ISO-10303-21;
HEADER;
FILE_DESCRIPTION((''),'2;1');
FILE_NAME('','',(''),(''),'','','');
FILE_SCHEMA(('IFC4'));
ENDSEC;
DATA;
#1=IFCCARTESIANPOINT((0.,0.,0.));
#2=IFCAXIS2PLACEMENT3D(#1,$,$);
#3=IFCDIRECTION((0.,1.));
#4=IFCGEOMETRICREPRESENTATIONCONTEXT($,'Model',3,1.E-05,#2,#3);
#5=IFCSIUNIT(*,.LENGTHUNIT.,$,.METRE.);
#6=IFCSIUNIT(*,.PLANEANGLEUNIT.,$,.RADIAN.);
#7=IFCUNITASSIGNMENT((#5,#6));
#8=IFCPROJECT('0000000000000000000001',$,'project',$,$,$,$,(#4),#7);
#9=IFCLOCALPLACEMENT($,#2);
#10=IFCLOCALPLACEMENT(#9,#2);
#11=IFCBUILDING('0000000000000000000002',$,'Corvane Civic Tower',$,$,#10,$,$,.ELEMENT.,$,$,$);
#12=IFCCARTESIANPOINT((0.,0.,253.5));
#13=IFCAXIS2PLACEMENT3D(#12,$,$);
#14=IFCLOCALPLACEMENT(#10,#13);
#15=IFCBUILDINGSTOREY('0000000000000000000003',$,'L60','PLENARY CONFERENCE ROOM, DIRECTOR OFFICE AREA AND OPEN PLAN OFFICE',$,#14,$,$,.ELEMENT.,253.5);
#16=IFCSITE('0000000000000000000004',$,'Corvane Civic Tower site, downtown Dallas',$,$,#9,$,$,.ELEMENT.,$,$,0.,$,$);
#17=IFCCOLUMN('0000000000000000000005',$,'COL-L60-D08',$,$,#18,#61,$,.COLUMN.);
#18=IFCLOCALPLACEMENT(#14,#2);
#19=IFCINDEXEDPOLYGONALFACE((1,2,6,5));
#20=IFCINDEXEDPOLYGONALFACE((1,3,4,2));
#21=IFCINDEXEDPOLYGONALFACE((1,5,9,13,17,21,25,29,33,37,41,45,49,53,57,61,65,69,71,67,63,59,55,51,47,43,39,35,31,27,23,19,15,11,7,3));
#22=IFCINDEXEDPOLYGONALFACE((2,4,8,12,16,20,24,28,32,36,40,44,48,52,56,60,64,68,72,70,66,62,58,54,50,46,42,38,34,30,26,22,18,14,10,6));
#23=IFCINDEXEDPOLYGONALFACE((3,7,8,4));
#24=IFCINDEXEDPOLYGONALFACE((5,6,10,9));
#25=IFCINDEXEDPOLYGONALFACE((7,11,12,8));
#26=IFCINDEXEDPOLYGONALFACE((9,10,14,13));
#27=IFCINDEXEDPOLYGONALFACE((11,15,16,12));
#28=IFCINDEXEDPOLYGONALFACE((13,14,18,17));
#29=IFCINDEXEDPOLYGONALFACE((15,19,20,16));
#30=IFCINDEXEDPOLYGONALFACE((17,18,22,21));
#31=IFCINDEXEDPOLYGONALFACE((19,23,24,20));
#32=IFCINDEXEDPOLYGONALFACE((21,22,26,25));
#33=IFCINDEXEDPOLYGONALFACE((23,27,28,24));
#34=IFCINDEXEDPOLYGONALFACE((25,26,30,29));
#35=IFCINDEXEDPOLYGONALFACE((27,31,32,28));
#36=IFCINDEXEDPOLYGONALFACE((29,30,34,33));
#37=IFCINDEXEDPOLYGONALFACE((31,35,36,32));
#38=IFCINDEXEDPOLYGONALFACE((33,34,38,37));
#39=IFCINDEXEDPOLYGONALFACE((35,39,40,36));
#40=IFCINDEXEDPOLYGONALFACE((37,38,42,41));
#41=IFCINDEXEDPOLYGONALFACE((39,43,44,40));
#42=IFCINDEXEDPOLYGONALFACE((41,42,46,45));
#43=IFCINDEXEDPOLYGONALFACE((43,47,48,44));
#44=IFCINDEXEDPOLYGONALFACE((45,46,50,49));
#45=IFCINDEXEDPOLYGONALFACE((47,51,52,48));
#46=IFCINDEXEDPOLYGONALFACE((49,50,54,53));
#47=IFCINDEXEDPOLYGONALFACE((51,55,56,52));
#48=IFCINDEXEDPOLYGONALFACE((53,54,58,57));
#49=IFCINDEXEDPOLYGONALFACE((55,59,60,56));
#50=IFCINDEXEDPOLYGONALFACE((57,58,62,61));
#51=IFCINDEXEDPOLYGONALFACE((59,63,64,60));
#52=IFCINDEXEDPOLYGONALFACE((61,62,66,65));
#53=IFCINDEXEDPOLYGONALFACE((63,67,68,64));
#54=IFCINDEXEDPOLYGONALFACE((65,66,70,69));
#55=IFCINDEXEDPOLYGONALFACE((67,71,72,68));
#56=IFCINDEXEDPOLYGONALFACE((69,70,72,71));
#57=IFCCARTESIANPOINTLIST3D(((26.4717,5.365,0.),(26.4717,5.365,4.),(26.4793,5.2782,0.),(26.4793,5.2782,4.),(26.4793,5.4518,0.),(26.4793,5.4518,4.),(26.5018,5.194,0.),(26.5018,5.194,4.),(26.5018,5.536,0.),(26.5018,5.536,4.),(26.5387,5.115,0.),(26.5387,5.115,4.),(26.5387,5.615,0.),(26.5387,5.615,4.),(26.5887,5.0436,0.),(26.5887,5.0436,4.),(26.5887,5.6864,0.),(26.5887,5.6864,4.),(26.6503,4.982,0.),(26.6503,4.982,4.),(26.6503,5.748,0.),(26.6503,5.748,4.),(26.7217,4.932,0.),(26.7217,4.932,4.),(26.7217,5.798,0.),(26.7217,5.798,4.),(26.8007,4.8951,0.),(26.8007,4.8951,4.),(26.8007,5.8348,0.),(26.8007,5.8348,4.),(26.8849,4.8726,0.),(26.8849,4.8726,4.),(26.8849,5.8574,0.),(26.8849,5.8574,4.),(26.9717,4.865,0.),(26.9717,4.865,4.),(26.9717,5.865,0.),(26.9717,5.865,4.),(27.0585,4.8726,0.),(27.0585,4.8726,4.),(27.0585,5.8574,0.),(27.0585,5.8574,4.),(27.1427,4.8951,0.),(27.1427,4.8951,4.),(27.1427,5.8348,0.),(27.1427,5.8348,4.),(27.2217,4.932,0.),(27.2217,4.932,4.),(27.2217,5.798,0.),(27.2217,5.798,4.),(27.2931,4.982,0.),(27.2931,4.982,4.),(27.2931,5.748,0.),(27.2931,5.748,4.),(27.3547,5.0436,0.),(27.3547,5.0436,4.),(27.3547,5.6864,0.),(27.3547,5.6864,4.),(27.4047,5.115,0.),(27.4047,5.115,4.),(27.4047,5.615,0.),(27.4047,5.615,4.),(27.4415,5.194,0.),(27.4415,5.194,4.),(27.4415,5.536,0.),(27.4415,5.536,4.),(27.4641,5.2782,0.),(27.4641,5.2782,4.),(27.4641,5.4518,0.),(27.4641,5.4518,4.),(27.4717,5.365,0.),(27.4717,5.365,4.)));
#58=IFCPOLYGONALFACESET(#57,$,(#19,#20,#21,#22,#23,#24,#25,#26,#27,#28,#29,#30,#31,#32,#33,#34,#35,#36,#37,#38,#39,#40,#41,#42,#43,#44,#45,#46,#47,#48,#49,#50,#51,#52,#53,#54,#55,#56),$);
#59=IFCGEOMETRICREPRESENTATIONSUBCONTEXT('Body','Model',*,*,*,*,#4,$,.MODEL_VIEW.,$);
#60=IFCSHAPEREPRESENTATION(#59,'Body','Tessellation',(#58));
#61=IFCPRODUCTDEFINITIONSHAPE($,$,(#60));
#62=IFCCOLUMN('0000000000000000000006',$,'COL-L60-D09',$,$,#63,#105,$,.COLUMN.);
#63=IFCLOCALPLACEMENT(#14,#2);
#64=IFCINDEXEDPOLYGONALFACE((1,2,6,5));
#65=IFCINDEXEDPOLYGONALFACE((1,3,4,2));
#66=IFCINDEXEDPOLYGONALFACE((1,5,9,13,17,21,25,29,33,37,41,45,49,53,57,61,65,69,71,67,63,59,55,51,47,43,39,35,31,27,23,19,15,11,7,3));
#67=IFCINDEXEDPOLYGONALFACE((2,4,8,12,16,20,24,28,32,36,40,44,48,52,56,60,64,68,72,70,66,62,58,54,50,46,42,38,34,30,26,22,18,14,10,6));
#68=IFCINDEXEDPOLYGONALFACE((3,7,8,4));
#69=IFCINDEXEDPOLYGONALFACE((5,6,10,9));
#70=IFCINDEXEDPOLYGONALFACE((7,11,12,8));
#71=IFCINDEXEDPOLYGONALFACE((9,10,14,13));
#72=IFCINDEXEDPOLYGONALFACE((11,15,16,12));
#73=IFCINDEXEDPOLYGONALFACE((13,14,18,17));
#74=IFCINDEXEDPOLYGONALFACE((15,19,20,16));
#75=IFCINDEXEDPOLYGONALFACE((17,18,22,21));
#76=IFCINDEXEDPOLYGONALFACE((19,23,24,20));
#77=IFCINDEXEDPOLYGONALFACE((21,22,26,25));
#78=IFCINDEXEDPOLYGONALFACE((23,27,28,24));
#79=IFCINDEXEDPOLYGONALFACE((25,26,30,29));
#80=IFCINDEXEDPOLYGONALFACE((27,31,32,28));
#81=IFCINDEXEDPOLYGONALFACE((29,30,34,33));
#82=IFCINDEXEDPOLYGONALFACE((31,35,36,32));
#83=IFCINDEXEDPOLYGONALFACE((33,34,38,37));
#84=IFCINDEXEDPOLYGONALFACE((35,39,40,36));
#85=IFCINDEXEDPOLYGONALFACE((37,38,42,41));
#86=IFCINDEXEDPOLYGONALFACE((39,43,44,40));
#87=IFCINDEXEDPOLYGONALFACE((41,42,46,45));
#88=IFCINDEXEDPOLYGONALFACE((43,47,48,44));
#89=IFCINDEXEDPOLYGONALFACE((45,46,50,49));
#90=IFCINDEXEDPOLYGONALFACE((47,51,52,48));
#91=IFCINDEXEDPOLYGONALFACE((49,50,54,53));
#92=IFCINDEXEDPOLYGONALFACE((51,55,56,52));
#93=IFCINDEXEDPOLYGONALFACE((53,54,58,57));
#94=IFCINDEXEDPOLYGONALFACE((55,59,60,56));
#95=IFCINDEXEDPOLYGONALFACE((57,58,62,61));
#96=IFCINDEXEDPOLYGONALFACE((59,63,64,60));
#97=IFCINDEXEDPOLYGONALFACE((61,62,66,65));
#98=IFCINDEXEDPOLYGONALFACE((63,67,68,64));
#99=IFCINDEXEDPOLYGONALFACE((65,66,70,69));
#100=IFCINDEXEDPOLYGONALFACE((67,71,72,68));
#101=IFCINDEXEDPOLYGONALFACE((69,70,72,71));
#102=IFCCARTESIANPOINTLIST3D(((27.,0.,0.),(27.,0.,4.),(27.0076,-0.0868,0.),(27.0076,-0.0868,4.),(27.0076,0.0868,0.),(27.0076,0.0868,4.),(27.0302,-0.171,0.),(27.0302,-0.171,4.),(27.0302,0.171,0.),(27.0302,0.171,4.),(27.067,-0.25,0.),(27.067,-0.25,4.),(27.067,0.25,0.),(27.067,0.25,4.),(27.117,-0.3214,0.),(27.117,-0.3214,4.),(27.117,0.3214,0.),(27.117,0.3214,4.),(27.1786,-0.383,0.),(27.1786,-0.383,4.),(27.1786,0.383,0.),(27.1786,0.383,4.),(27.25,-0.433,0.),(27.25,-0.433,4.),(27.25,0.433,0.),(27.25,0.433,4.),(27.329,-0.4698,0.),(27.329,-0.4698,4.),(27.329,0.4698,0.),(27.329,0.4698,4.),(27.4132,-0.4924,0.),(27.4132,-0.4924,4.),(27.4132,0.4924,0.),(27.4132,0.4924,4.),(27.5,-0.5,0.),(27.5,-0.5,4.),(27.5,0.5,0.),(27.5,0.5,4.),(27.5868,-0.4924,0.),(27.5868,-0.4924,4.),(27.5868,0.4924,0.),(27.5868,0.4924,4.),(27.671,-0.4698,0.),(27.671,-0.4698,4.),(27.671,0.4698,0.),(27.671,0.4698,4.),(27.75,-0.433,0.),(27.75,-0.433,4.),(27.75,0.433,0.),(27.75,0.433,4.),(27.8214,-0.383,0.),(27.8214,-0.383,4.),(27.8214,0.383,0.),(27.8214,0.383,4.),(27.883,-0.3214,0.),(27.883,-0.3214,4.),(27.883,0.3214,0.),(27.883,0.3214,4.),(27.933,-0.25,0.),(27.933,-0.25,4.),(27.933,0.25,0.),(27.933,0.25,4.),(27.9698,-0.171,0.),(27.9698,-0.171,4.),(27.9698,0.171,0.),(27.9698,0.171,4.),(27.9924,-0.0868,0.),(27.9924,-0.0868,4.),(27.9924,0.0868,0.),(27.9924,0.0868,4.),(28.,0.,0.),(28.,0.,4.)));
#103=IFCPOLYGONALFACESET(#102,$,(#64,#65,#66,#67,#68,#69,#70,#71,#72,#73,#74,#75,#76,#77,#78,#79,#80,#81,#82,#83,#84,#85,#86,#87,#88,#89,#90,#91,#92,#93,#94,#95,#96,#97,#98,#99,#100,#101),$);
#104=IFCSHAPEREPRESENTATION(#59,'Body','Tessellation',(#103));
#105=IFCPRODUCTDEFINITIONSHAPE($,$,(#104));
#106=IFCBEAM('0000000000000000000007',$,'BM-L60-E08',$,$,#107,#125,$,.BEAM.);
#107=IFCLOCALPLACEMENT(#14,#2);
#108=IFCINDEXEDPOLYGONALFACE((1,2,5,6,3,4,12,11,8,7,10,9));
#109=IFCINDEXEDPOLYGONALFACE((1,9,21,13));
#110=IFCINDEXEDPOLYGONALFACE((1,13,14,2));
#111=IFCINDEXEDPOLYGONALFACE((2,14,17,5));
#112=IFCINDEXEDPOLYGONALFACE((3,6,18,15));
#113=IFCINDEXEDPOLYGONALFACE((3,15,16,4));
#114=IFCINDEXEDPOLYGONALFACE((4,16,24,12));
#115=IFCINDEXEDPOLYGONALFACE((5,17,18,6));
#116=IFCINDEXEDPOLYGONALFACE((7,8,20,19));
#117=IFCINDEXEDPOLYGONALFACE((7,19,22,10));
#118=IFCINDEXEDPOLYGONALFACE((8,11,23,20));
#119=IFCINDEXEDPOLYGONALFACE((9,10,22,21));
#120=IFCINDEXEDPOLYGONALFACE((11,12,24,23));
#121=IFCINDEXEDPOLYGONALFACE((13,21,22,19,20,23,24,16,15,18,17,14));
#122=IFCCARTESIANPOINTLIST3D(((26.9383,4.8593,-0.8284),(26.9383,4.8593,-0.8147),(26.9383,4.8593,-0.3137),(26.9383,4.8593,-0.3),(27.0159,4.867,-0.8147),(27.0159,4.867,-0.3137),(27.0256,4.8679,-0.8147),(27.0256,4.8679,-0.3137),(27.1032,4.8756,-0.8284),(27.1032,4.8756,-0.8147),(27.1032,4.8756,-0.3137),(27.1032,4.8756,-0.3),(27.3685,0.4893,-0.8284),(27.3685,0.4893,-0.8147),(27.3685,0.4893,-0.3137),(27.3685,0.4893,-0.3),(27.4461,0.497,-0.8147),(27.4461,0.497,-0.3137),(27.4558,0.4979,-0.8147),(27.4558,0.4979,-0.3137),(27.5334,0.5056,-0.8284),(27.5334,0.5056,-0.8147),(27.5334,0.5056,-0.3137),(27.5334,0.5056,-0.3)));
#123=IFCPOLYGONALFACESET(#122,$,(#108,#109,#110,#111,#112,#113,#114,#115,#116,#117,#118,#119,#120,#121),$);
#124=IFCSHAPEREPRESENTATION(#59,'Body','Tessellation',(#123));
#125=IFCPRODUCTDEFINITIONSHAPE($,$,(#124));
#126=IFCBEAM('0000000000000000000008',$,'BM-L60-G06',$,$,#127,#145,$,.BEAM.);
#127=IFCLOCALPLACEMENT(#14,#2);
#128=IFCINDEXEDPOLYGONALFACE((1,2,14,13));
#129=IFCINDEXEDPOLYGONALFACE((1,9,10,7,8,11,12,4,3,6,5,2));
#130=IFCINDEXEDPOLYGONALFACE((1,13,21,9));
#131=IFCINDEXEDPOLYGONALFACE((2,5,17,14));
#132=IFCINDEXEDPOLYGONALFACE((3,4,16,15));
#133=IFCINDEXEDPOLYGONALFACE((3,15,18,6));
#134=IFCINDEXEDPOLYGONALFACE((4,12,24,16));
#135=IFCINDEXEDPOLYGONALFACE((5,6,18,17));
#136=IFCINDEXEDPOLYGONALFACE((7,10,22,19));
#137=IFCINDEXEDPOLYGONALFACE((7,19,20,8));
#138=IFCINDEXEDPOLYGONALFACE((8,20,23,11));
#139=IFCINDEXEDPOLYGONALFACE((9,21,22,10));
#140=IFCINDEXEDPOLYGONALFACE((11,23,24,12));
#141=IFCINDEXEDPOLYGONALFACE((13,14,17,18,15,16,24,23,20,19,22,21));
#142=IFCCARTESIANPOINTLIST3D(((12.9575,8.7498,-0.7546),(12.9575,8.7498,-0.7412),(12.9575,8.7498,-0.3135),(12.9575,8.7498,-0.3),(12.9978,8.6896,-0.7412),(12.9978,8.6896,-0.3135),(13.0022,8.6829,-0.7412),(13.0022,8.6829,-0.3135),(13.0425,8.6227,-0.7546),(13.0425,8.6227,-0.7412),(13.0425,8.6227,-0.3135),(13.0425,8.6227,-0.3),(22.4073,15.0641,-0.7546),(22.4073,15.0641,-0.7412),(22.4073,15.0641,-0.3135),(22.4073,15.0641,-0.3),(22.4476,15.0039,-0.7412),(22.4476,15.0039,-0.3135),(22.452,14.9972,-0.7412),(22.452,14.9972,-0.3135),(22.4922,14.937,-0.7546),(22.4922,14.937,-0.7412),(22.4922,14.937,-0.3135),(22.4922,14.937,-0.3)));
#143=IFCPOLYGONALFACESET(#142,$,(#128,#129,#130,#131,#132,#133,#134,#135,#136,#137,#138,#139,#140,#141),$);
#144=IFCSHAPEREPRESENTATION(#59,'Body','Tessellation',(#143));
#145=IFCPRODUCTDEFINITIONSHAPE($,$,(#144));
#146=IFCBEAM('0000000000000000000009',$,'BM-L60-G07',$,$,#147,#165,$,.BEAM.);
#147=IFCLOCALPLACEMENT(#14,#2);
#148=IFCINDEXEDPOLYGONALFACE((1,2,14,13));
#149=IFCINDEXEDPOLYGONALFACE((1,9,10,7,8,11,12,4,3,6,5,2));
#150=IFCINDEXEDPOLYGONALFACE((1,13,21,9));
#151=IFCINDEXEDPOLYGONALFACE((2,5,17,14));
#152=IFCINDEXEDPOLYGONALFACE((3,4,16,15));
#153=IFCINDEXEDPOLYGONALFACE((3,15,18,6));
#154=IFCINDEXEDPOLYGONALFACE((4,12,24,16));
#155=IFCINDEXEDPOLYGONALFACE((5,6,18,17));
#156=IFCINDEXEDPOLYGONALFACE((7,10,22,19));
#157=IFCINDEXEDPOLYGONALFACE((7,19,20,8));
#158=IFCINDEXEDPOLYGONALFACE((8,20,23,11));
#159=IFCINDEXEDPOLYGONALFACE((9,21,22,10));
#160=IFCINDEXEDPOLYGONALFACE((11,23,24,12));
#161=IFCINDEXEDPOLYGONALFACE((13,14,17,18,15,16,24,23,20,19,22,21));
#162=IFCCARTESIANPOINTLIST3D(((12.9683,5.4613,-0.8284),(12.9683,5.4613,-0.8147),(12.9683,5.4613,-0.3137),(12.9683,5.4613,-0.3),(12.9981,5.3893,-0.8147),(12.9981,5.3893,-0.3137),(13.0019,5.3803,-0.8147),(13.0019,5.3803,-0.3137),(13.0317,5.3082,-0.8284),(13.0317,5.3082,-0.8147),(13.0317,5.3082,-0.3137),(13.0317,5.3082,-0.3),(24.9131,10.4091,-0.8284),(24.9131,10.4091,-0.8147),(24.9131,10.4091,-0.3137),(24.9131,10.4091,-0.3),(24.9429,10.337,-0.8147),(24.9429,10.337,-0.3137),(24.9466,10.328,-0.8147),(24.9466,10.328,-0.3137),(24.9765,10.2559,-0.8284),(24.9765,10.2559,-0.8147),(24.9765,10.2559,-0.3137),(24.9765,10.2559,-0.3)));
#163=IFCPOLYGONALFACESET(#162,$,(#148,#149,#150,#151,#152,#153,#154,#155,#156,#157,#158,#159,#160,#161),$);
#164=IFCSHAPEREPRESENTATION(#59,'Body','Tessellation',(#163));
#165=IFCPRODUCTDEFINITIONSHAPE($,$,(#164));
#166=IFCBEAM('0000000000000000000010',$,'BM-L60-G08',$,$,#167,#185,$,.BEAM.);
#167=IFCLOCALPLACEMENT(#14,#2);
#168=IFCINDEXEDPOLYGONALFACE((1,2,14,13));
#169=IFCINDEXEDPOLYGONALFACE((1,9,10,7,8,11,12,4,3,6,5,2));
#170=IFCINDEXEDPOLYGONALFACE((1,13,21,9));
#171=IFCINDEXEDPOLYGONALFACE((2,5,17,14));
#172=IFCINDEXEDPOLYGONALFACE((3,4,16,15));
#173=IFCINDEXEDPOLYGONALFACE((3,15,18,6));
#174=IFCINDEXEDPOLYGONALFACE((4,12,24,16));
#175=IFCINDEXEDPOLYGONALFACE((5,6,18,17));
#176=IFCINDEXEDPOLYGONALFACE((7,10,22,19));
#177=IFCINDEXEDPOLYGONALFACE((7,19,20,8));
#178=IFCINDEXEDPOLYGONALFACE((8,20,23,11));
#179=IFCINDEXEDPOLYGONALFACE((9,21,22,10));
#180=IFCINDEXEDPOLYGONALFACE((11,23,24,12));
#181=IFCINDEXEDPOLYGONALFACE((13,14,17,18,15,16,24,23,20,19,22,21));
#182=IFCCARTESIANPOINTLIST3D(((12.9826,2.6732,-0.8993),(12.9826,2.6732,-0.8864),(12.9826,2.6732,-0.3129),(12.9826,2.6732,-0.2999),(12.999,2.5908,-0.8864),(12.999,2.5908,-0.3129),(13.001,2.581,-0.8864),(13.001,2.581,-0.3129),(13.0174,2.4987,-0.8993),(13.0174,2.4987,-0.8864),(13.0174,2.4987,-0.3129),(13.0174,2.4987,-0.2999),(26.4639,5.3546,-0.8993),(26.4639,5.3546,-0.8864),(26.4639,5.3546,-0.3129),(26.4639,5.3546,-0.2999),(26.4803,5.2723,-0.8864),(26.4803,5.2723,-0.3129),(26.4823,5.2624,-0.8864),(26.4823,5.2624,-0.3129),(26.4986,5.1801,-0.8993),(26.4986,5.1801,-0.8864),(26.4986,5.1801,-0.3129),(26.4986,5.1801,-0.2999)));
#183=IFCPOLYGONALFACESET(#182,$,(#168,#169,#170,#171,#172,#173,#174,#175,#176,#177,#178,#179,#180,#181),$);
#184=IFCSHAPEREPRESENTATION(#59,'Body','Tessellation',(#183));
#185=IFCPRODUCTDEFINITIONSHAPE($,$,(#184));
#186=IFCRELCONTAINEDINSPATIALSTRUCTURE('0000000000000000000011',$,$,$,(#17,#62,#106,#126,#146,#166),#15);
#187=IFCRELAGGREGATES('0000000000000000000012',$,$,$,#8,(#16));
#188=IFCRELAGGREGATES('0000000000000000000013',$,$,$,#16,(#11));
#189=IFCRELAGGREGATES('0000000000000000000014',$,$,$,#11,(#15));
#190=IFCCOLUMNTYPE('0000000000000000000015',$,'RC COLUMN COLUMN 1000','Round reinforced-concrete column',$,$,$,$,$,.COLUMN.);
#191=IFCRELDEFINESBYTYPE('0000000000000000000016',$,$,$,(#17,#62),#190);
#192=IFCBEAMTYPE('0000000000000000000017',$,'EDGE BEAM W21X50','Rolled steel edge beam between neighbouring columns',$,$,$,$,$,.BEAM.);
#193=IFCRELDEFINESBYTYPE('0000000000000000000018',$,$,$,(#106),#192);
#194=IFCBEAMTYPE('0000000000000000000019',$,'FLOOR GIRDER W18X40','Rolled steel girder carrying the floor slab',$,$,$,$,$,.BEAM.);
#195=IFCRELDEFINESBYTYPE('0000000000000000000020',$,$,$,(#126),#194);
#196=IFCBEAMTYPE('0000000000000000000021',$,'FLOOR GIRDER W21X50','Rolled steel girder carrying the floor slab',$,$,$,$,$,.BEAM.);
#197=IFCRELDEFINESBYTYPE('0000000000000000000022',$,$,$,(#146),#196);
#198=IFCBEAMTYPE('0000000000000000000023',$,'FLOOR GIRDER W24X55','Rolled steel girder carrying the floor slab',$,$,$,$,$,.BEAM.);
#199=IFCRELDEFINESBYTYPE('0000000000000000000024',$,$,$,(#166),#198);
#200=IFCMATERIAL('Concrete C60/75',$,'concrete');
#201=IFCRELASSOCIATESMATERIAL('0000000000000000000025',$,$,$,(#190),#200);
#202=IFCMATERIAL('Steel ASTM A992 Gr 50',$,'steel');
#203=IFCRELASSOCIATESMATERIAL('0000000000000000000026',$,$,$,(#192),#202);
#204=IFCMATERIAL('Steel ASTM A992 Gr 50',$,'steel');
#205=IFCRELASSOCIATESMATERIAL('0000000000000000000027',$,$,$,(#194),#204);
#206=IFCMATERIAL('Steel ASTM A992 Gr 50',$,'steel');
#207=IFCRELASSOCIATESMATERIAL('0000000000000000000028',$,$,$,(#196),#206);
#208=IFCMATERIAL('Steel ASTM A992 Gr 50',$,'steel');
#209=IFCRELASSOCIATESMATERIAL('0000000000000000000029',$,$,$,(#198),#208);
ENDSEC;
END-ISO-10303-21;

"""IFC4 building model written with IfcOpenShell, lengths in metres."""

from ifc_helpers import new_model, si_unit, direction, frame, origin, origin_2d, place, context, subcontext, project, spatial, circle, i_section, extrude, material, material_profile, profile_set, type_object, element, save


model = new_model("IFC4")

# Units and contexts
model_context = context("Model", 3, precision=1e-05, world=origin(), true_north=direction((0.0, 1.0)))
body_context = subcontext(model_context, "Body", "Model", "MODEL_VIEW")
ifc_project = project(units=[si_unit("LENGTHUNIT", "METRE"), si_unit("PLANEANGLEUNIT", "RADIAN")], contexts=[model_context])

# Site, building, storey
site_placement = place(None, origin())
site = spatial("IfcSite", under=ifc_project, at=site_placement, Name="Corvane Civic Tower site, downtown Dallas", CompositionType="ELEMENT", RefElevation=0.0)
building_placement = place(site_placement, origin())
building = spatial("IfcBuilding", under=site, at=building_placement, Name="Corvane Civic Tower", CompositionType="ELEMENT")
storey_placement = place(building_placement, frame((0.0, 0.0, 253.5)))
storey = spatial("IfcBuildingStorey", under=building, at=storey_placement, Name="L60", Description="PLENARY CONFERENCE ROOM, DIRECTOR OFFICE AREA AND OPEN PLAN OFFICE", CompositionType="ELEMENT", Elevation=253.5)

# Columns
ifc_material_1 = material(Name="Concrete C60/75", Category="concrete")
ifc_material_profile_1 = material_profile(ifc_material_1, circle(Radius=0.5, at=origin_2d()), Name="COLUMN 1000")
ifc_profile_set_1 = profile_set([ifc_material_profile_1], Name="Concrete C60/75")
column_type = type_object("IfcColumnType", Name="RC COLUMN COLUMN 1000", Description="Round reinforced-concrete column", PredefinedType="COLUMN", material=ifc_profile_set_1)
for number, where, z_axis, x_axis, name in (
    (1, (26.9717, 5.365, 0.0), (0.0, 0.0, 1.0), (1.0, 0.0, 0.0), "COL-L60-D08"),
    (2, (27.5, 0.0, 0.0), (0.0, 0.0, 1.0), (1.0, 0.0, 0.0), "COL-L60-D09"),
):
    element("IfcColumn", number, at=place(storey_placement, frame(where, z_axis=z_axis, x_axis=x_axis)), inside=storey, type_object=column_type, Name=name, PredefinedType="COLUMN", context=body_context, shape_type="SweptSolid", body=[
        extrude(circle(Radius=0.5, at=origin_2d()), origin(), (0.0, 0.0, 1.0), 4.0),
    ])

# Beams
ifc_material_2 = material(Name="Steel ASTM A992 Gr 50", Category="steel")
ifc_material_profile_2 = material_profile(ifc_material_2, i_section(OverallWidth=0.1658, OverallDepth=0.5283, WebThickness=0.0098, FlangeThickness=0.0137, at=origin_2d()), Name="W21X50")
ifc_profile_set_2 = profile_set([ifc_material_profile_2], Name="Steel ASTM A992 Gr 50")
beam_type_1 = type_object("IfcBeamType", Name="EDGE BEAM W21X50", Description="Rolled steel edge beam between neighbouring columns", PredefinedType="BEAM", material=ifc_profile_set_2)
beam_1_placement = place(storey_placement, frame((27.0208, 4.8674, -0.5642), z_axis=(0.097968, -0.99519, 0.0), x_axis=(0.99519, 0.097968, 0.0)))
element("IfcBeam", 3, at=beam_1_placement, inside=storey, type_object=beam_type_1, Name="BM-L60-E08", PredefinedType="BEAM", context=body_context, shape_type="SweptSolid", body=[
    extrude(i_section(OverallWidth=0.1658, OverallDepth=0.5283, WebThickness=0.0098, FlangeThickness=0.0137, at=origin_2d()), origin(), (0.0, 0.0, 1.0), 4.3911),
])
ifc_material_3 = material(Name="Steel ASTM A992 Gr 50", Category="steel")
ifc_material_profile_3 = material_profile(ifc_material_3, i_section(OverallWidth=0.1528, OverallDepth=0.4546, WebThickness=0.0081, FlangeThickness=0.0134, at=origin_2d()), Name="W18X40")
ifc_profile_set_3 = profile_set([ifc_material_profile_3], Name="Steel ASTM A992 Gr 50")
beam_type_2 = type_object("IfcBeamType", Name="FLOOR GIRDER W18X40", Description="Rolled steel girder carrying the floor slab", PredefinedType="BEAM", material=ifc_profile_set_3)
beam_2_placement = place(storey_placement, frame((13.0, 8.6863, -0.5273), z_axis=(0.831465, 0.555577, 0.0), x_axis=(-0.555577, 0.831465, 0.0)))
element("IfcBeam", 4, at=beam_2_placement, inside=storey, type_object=beam_type_2, Name="BM-L60-G06", PredefinedType="BEAM", context=body_context, shape_type="SweptSolid", body=[
    extrude(i_section(OverallWidth=0.1528, OverallDepth=0.4546, WebThickness=0.0081, FlangeThickness=0.0134, at=origin_2d()), origin(), (0.0, 0.0, 1.0), 11.3652),
])
ifc_material_4 = material(Name="Steel ASTM A992 Gr 50", Category="steel")
ifc_material_profile_4 = material_profile(ifc_material_4, i_section(OverallWidth=0.1658, OverallDepth=0.5283, WebThickness=0.0098, FlangeThickness=0.0137, at=origin_2d()), Name="W21X50")
ifc_profile_set_4 = profile_set([ifc_material_profile_4], Name="Steel ASTM A992 Gr 50")
beam_type_3 = type_object("IfcBeamType", Name="FLOOR GIRDER W21X50", Description="Rolled steel girder carrying the floor slab", PredefinedType="BEAM", material=ifc_profile_set_4)
beam_3_placement = place(storey_placement, frame((13.0, 5.3848, -0.5642), z_axis=(0.923878, 0.382686, 0.0), x_axis=(-0.382686, 0.923878, 0.0)))
element("IfcBeam", 5, at=beam_3_placement, inside=storey, type_object=beam_type_3, Name="BM-L60-G07", PredefinedType="BEAM", context=body_context, shape_type="SweptSolid", body=[
    extrude(i_section(OverallWidth=0.1658, OverallDepth=0.5283, WebThickness=0.0098, FlangeThickness=0.0137, at=origin_2d()), origin(), (0.0, 0.0, 1.0), 12.929),
])
ifc_material_5 = material(Name="Steel ASTM A992 Gr 50", Category="steel")
ifc_material_profile_5 = material_profile(ifc_material_5, i_section(OverallWidth=0.178, OverallDepth=0.5994, WebThickness=0.01, FlangeThickness=0.0129, at=origin_2d()), Name="W24X55")
ifc_profile_set_5 = profile_set([ifc_material_profile_5], Name="Steel ASTM A992 Gr 50")
beam_type_4 = type_object("IfcBeamType", Name="FLOOR GIRDER W24X55", Description="Rolled steel girder carrying the floor slab", PredefinedType="BEAM", material=ifc_profile_set_5)
beam_4_placement = place(storey_placement, frame((13.0, 2.5859, -0.5996), z_axis=(0.980788, 0.195078, 0.0), x_axis=(-0.195078, 0.980788, 0.0)))
element("IfcBeam", 6, at=beam_4_placement, inside=storey, type_object=beam_type_4, Name="BM-L60-G08", PredefinedType="BEAM", context=body_context, shape_type="SweptSolid", body=[
    extrude(i_section(OverallWidth=0.178, OverallDepth=0.5994, WebThickness=0.01, FlangeThickness=0.0129, at=origin_2d()), origin(), (0.0, 0.0, 1.0), 13.7454),
])

save(model, "model.ifc")
